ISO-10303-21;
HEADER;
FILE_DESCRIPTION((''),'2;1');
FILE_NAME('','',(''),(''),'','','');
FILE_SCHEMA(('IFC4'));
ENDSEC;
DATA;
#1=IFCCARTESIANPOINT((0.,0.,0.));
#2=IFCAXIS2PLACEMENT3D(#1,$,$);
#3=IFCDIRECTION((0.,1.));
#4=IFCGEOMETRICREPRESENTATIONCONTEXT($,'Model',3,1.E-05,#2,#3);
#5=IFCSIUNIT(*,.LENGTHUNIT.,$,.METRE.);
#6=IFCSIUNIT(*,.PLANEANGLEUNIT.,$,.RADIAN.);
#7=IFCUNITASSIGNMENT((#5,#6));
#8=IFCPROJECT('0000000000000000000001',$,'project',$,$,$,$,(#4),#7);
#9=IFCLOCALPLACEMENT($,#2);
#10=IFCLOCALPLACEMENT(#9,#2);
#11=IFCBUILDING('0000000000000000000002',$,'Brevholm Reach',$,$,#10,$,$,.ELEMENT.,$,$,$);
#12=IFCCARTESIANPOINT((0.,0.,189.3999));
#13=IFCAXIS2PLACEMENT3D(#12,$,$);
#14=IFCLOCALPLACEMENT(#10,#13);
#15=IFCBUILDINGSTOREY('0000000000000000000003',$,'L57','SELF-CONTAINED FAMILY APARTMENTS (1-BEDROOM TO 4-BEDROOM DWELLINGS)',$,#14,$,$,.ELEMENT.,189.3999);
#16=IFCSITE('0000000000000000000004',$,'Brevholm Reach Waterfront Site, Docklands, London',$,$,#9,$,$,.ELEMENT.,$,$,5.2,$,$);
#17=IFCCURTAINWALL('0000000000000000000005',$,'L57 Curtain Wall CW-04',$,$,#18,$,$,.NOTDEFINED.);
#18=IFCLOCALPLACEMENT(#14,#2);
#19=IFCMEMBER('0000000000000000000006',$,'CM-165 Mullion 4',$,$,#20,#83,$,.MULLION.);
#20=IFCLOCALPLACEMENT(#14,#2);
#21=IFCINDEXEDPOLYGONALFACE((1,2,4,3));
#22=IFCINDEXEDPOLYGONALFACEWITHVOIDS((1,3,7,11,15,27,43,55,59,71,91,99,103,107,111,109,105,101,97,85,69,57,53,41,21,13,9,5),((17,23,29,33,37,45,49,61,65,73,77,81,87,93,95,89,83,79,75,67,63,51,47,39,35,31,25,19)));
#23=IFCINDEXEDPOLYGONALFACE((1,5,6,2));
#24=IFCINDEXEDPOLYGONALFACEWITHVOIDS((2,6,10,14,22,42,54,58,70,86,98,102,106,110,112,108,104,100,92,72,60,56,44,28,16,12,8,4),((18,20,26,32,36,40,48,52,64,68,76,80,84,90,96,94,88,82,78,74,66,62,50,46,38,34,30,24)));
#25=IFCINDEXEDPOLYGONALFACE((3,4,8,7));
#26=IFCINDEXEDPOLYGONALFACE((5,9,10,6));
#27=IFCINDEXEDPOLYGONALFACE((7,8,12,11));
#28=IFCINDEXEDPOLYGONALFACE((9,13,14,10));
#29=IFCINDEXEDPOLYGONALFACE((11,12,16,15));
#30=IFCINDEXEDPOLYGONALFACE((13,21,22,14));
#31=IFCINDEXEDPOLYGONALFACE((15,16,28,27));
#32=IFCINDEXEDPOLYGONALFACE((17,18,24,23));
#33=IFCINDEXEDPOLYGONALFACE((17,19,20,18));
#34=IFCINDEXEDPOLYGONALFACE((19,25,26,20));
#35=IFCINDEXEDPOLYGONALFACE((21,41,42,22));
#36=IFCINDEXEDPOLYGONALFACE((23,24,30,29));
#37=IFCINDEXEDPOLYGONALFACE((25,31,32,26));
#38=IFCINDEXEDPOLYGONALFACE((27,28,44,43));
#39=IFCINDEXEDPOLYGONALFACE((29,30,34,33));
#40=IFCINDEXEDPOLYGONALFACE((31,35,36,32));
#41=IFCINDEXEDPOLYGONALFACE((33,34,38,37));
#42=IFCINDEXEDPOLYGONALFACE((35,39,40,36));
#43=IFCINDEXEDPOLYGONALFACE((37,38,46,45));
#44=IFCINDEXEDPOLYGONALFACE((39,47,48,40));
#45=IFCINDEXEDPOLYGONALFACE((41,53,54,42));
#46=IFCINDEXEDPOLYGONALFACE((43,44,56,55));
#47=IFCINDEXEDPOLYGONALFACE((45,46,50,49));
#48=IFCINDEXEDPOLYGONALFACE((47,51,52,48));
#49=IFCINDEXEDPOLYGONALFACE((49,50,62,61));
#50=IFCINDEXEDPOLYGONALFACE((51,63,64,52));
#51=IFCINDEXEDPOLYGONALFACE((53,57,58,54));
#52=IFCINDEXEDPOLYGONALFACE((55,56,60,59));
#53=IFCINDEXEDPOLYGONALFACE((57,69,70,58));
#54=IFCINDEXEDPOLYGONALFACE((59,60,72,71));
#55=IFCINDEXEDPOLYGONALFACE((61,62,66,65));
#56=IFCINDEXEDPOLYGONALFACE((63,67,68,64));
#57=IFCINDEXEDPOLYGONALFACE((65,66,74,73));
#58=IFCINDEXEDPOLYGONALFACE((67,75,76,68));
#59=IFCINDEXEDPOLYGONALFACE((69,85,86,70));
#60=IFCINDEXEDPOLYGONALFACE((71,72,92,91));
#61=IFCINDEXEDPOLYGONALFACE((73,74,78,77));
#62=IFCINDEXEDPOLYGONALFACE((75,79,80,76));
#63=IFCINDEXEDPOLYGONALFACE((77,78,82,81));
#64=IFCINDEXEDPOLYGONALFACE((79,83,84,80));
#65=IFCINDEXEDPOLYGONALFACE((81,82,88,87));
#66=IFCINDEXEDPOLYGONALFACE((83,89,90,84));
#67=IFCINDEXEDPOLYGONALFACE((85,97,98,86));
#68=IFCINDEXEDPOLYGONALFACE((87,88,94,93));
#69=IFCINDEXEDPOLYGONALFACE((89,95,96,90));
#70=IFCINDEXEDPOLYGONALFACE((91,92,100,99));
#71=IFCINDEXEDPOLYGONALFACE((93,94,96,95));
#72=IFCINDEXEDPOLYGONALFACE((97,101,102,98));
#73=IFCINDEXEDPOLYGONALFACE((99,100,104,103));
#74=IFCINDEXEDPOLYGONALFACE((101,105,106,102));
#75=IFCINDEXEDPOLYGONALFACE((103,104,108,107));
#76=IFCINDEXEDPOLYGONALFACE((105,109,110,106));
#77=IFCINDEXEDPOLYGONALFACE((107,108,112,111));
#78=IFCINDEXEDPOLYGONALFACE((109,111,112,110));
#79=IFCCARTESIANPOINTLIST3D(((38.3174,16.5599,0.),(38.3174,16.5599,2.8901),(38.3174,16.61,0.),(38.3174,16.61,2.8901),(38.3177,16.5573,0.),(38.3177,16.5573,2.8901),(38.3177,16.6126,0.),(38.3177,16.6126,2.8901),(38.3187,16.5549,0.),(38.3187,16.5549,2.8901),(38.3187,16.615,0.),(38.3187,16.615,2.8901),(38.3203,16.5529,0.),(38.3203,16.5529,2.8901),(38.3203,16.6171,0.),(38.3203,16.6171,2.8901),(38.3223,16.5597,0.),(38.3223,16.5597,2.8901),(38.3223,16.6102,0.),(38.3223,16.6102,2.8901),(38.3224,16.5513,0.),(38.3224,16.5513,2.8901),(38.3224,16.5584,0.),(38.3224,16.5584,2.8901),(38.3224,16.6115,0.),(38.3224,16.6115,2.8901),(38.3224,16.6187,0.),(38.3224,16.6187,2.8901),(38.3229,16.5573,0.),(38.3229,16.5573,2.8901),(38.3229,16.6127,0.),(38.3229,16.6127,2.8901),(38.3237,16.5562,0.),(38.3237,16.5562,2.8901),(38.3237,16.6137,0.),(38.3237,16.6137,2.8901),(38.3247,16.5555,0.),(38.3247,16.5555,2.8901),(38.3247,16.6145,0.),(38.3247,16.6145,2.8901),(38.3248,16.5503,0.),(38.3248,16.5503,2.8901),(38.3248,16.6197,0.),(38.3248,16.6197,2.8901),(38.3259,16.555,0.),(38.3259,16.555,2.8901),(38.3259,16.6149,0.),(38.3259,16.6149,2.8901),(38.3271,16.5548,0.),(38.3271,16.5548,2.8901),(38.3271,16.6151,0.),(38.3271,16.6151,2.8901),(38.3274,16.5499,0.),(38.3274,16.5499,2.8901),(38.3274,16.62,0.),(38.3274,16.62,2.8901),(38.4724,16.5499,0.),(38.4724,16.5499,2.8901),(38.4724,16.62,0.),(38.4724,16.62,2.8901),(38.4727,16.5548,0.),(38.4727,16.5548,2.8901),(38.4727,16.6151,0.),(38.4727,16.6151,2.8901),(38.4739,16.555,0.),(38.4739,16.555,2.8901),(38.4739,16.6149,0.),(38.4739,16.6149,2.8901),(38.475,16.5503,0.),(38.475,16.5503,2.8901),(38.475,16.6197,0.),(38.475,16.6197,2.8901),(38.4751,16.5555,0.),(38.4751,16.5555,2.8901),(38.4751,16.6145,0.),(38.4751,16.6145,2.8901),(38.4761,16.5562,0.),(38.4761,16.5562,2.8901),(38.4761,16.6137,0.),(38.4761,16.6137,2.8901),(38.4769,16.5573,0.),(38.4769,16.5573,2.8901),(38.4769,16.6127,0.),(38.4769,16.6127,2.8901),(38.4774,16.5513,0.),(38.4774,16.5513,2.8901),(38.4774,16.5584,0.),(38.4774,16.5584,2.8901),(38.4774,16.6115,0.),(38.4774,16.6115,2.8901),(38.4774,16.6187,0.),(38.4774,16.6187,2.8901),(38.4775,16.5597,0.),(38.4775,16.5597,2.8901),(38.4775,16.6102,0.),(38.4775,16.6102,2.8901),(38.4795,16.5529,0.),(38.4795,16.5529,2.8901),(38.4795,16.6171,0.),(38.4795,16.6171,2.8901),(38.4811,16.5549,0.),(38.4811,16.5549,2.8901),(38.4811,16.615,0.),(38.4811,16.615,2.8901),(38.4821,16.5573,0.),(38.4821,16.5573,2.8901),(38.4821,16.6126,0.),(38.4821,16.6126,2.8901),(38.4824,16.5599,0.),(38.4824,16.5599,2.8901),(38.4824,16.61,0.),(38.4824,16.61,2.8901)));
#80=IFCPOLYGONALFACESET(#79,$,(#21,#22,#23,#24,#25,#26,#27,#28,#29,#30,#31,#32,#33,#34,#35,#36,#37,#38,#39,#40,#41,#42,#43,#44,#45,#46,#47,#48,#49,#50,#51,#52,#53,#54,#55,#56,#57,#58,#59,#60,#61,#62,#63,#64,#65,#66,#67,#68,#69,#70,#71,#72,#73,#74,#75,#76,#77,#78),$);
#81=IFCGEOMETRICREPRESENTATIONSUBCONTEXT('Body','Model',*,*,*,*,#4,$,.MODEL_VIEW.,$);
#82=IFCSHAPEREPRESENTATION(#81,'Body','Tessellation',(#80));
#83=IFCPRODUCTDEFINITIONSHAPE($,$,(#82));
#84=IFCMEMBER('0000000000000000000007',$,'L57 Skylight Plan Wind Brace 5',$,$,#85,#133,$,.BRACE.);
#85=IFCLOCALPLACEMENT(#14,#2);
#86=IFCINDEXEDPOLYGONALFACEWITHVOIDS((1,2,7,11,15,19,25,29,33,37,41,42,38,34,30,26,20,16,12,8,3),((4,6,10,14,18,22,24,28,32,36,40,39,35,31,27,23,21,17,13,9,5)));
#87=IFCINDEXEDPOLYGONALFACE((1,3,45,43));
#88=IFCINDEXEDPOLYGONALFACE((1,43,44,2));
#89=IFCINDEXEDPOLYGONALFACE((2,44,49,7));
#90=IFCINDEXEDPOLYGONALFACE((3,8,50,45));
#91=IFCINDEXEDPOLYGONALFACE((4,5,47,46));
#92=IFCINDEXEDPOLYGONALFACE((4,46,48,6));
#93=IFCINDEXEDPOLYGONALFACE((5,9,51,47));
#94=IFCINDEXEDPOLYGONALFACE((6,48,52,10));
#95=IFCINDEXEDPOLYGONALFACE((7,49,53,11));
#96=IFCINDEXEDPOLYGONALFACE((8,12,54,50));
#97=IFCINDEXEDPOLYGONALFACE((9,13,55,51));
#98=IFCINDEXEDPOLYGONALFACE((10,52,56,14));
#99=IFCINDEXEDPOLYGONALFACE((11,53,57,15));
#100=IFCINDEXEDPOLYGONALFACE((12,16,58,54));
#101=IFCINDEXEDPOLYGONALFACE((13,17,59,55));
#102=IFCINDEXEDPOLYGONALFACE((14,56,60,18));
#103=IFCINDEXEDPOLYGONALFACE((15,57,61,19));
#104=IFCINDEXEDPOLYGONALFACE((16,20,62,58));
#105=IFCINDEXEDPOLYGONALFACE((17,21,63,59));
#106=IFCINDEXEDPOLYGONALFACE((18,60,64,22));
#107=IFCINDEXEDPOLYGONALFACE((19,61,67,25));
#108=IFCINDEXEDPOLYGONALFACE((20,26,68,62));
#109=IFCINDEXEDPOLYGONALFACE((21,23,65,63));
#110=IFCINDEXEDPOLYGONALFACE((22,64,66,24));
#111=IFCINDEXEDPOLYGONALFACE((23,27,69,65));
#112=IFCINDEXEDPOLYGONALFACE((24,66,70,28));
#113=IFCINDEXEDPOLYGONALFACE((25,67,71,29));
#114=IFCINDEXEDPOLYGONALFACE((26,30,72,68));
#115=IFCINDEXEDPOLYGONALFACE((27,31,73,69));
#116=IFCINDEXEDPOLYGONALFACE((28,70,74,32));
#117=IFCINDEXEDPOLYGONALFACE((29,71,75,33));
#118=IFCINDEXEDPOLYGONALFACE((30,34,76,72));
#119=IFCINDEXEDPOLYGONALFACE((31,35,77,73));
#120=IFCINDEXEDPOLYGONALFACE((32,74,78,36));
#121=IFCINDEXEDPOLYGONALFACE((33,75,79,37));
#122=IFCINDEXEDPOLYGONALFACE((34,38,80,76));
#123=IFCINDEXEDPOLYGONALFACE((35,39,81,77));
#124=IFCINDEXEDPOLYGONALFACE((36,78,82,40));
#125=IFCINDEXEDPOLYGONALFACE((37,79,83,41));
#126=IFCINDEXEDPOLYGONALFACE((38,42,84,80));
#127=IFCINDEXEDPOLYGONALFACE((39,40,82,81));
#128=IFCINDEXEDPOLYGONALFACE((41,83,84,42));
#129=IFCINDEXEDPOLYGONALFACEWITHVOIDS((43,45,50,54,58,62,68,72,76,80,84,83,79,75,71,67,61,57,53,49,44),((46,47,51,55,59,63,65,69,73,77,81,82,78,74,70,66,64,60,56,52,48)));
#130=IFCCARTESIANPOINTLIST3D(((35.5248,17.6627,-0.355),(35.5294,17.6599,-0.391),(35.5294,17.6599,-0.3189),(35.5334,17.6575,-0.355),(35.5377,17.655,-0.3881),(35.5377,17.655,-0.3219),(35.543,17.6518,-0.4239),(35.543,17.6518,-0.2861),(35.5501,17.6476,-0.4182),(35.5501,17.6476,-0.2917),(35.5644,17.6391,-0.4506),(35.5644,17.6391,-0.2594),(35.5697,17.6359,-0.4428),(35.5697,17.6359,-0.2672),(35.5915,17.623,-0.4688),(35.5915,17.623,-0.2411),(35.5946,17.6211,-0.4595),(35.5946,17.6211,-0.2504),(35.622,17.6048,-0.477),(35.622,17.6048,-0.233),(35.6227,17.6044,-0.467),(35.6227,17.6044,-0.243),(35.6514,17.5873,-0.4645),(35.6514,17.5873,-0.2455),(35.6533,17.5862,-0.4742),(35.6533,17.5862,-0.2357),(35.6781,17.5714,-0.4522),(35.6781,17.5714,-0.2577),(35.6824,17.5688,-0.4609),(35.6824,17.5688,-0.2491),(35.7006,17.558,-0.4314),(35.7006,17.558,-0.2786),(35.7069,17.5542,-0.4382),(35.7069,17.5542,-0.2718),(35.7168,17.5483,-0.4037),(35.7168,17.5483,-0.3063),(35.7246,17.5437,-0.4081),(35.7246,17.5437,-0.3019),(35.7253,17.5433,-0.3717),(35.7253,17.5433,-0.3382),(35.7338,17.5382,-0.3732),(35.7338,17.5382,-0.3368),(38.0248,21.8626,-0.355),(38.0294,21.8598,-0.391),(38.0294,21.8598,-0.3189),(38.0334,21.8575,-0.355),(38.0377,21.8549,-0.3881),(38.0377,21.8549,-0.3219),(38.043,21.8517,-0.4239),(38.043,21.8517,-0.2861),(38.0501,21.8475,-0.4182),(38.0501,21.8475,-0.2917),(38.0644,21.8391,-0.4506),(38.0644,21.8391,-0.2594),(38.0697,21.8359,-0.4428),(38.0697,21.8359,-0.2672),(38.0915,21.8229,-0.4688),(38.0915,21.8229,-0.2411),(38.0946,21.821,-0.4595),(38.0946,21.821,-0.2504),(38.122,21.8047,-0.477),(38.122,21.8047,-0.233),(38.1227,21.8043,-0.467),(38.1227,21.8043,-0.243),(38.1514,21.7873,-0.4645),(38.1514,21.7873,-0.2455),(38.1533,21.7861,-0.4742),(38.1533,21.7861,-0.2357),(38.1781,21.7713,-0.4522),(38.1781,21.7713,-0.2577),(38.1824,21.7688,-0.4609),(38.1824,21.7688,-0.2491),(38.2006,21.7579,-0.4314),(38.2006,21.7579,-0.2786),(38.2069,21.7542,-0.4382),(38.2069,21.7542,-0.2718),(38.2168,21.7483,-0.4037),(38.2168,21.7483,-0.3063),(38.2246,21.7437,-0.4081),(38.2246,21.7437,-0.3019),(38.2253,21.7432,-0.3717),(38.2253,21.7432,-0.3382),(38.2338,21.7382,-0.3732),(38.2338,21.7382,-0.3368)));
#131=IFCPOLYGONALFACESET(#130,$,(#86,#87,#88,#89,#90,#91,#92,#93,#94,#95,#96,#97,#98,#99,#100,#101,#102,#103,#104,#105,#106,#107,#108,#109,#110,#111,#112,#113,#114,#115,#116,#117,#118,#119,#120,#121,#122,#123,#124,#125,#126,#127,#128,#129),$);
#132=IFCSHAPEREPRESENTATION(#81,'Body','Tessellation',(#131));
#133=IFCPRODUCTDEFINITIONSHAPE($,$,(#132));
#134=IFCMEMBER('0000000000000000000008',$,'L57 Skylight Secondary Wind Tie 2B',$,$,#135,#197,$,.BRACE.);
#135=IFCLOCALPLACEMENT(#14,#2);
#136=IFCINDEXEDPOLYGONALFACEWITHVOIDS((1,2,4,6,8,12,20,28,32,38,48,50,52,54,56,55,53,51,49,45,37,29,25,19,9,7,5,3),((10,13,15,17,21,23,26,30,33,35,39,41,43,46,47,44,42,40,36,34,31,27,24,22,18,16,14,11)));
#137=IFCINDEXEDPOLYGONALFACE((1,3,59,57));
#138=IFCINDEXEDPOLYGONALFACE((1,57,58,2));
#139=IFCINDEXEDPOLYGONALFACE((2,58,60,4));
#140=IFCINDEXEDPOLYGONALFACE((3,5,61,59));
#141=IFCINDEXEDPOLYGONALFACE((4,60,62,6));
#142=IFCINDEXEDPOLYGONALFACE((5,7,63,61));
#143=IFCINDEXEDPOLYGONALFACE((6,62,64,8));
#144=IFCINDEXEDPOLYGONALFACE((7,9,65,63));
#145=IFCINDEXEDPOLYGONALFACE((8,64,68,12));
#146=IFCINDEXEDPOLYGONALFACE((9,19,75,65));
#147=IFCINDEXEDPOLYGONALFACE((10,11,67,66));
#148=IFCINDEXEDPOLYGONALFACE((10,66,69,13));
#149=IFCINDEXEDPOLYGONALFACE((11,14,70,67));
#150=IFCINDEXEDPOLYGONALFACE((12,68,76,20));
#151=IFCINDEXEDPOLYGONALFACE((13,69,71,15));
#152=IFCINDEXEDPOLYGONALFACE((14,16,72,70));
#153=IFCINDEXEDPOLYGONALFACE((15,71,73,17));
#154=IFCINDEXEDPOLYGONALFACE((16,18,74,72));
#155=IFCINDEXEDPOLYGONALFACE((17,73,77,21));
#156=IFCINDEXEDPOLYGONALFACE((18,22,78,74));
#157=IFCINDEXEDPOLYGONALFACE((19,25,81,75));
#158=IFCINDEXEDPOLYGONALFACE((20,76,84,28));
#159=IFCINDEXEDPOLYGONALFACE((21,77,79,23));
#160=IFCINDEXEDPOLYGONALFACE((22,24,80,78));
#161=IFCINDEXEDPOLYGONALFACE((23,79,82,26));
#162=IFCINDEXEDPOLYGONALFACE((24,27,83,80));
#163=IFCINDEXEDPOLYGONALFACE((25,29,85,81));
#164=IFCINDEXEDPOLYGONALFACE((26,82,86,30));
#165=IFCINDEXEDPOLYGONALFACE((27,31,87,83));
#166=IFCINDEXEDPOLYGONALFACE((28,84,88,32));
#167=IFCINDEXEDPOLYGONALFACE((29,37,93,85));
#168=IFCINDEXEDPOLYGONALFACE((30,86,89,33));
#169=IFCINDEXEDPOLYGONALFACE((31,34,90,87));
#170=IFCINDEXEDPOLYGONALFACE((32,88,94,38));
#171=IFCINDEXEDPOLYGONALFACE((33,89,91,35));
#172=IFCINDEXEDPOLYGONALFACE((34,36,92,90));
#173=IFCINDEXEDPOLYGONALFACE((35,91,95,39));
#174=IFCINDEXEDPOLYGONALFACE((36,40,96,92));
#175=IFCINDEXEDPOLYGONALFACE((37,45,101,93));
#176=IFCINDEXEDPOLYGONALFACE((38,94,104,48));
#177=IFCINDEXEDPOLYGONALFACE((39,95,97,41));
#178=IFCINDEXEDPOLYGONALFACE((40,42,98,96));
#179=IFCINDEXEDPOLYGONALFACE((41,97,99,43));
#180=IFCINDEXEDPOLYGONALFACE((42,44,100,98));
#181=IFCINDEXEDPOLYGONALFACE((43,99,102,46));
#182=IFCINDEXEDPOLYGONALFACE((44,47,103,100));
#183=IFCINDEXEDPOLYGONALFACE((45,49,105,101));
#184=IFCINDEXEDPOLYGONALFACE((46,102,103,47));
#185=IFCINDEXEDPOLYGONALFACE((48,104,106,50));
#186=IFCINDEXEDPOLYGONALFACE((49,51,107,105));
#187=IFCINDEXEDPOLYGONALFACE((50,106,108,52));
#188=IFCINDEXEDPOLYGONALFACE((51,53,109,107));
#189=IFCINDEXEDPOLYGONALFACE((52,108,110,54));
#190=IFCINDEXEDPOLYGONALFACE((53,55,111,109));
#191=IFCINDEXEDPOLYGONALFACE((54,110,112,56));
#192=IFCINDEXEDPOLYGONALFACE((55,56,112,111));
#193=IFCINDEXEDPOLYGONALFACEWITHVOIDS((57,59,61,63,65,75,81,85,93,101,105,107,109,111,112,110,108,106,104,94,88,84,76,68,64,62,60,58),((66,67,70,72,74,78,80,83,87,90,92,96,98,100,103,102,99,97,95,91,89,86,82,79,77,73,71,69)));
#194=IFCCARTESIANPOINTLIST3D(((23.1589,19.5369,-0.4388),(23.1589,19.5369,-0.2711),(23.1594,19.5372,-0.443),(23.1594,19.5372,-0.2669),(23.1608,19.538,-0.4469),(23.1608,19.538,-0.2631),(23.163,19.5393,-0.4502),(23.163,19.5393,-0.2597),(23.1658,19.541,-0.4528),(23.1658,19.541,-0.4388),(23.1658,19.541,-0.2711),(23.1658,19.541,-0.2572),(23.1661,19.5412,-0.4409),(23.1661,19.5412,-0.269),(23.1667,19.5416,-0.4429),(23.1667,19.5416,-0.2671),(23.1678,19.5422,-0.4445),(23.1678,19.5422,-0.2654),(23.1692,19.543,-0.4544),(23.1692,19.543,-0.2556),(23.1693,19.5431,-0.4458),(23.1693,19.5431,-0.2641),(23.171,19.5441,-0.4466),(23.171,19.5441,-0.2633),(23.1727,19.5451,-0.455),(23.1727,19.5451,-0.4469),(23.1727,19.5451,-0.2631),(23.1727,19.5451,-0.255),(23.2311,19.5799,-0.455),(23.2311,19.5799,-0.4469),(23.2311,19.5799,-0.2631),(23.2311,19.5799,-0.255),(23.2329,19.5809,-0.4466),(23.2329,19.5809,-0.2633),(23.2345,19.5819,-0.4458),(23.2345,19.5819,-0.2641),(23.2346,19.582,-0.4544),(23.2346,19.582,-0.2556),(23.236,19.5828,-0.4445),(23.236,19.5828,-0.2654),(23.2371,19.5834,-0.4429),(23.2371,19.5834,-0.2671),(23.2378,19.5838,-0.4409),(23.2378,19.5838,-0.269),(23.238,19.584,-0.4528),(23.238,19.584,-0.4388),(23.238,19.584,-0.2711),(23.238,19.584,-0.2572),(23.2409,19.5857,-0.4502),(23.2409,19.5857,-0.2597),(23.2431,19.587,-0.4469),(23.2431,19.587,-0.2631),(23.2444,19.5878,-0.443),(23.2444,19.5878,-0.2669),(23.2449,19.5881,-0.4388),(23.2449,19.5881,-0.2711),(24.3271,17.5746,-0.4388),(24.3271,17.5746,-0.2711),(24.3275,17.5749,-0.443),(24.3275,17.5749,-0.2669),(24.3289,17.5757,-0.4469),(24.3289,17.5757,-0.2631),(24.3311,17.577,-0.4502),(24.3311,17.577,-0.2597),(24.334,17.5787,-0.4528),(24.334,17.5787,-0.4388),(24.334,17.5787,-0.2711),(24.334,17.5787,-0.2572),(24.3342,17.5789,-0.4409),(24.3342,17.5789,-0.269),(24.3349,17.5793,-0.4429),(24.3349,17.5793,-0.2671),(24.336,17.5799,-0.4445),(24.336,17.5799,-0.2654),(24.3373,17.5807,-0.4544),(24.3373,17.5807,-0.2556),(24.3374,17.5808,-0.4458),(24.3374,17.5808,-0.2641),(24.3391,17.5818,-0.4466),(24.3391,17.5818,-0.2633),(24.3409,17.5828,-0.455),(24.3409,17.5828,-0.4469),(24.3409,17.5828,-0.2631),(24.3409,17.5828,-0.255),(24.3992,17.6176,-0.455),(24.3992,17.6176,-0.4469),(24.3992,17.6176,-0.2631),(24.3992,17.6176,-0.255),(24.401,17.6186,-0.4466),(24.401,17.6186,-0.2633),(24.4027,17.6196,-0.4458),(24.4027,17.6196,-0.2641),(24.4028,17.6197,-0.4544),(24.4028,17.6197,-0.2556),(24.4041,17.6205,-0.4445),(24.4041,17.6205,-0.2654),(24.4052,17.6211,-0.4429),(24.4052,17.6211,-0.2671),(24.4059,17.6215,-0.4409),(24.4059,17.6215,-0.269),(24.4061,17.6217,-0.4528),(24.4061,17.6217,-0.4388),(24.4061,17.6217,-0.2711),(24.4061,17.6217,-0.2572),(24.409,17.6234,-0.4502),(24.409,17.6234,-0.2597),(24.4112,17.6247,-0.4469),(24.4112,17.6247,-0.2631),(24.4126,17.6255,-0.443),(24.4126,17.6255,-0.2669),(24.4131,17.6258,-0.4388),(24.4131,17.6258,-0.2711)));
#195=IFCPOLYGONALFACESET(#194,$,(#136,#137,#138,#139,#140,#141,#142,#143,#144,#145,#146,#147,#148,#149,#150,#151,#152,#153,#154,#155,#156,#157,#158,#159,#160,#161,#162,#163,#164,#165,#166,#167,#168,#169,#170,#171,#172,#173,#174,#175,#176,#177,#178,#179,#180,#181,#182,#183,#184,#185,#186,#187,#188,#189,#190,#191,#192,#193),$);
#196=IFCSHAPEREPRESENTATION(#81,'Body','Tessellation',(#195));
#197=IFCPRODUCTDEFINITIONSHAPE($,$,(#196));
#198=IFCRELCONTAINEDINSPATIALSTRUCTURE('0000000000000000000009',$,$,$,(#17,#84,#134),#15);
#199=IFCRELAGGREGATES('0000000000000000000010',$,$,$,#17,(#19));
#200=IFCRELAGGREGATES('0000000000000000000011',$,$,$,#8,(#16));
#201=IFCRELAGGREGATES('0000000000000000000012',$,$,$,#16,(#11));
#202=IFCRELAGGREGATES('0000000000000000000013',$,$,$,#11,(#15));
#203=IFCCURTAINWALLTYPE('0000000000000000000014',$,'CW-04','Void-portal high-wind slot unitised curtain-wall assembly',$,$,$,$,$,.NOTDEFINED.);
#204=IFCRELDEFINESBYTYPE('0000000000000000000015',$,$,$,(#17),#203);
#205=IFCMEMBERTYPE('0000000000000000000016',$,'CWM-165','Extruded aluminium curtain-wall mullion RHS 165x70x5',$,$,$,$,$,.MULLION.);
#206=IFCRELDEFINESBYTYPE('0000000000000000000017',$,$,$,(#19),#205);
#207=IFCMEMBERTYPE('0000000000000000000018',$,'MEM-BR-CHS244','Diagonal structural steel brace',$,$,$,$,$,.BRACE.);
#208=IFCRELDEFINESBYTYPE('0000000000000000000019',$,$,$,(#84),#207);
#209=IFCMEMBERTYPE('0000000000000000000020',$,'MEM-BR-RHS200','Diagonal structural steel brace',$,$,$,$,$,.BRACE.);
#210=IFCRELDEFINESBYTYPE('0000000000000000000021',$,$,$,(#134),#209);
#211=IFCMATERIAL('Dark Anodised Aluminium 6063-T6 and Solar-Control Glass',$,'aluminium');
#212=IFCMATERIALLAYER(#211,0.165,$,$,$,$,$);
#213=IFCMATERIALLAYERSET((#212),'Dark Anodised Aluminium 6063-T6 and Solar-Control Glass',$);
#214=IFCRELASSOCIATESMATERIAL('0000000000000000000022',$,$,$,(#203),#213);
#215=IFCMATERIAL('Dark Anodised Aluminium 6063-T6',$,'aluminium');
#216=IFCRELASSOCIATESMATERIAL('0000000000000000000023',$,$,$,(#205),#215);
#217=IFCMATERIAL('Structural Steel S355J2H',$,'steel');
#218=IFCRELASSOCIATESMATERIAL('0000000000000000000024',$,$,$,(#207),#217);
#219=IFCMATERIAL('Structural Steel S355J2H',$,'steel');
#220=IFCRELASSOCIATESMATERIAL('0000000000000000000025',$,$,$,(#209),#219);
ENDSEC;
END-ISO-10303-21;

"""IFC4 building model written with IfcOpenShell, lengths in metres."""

from ifc_helpers import new_model, si_unit, direction, frame, origin, origin_2d, place, context, subcontext, project, spatial, hollow_rectangle, hollow_circle, extrude, material, layer, layer_set, material_profile, profile_set, type_object, element, aggregate, save


model = new_model("IFC4")

# Units and contexts
model_context = context("Model", 3, precision=1e-05, world=origin(), true_north=direction((0.0, 1.0)))
body_context = subcontext(model_context, "Body", "Model", "MODEL_VIEW")
ifc_project = project(units=[si_unit("LENGTHUNIT", "METRE"), si_unit("PLANEANGLEUNIT", "RADIAN")], contexts=[model_context])

# Site, building, storey
site_placement = place(None, origin())
site = spatial("IfcSite", under=ifc_project, at=site_placement, Name="Brevholm Reach Waterfront Site, Docklands, London", CompositionType="ELEMENT", RefElevation=5.2)
building_placement = place(site_placement, origin())
building = spatial("IfcBuilding", under=site, at=building_placement, Name="Brevholm Reach", CompositionType="ELEMENT")
storey_placement = place(building_placement, frame((0.0, 0.0, 189.3999)))
storey = spatial("IfcBuildingStorey", under=building, at=storey_placement, Name="L57", Description="SELF-CONTAINED FAMILY APARTMENTS (1-BEDROOM TO 4-BEDROOM DWELLINGS)", CompositionType="ELEMENT", Elevation=189.3999)

# Curtain wall, member
ifc_material_1 = material(Name="Dark Anodised Aluminium 6063-T6 and Solar-Control Glass", Category="aluminium")
ifc_layer_1 = layer(ifc_material_1, 0.165)
ifc_layer_set_1 = layer_set([ifc_layer_1], Name="Dark Anodised Aluminium 6063-T6 and Solar-Control Glass")
curtain_wall_type = type_object("IfcCurtainWallType", Name="CW-04", Description="Void-portal high-wind slot unitised curtain-wall assembly", PredefinedType="NOTDEFINED", material=ifc_layer_set_1)
curtain_wall_placement = place(storey_placement, origin())
curtain_wall = element("IfcCurtainWall", 1, at=curtain_wall_placement, inside=storey, type_object=curtain_wall_type, Name="L57 Curtain Wall CW-04", PredefinedType="NOTDEFINED")
ifc_material_2 = material(Name="Dark Anodised Aluminium 6063-T6", Category="aluminium")
ifc_material_profile_1 = material_profile(ifc_material_2, hollow_rectangle(XDim=0.0701, YDim=0.165, WallThickness=0.0049, InnerFilletRadius=0.0049, OuterFilletRadius=0.01, at=origin_2d()), Name="RHS 165x70x5")
ifc_profile_set_1 = profile_set([ifc_material_profile_1], Name="Dark Anodised Aluminium 6063-T6")
member_type_1 = type_object("IfcMemberType", Name="CWM-165", Description="Extruded aluminium curtain-wall mullion RHS 165x70x5", PredefinedType="MULLION", material=ifc_profile_set_1)
member_1_placement = place(storey_placement, frame((38.3999, 16.585, 0.0), z_axis=(0.0, 0.0, 1.0), x_axis=(0.0, -1.0, 0.0)))
member_1 = element("IfcMember", 2, at=member_1_placement, type_object=member_type_1, Name="CM-165 Mullion 4", PredefinedType="MULLION", context=body_context, shape_type="SweptSolid", body=[
    extrude(hollow_rectangle(XDim=0.0701, YDim=0.165, WallThickness=0.0049, InnerFilletRadius=0.0049, OuterFilletRadius=0.01, at=origin_2d()), origin(), (0.0, 0.0, 1.0), 2.8901),
])

# Members
ifc_material_3 = material(Name="Structural Steel S355J2H", Category="steel")
ifc_material_profile_2 = material_profile(ifc_material_3, hollow_circle(Radius=0.1223, WallThickness=0.01, at=origin_2d()), Name="CHS 244.5x10")
ifc_profile_set_2 = profile_set([ifc_material_profile_2], Name="Structural Steel S355J2H")
member_type_2 = type_object("IfcMemberType", Name="MEM-BR-CHS244", Description="Diagonal structural steel brace", PredefinedType="BRACE", material=ifc_profile_set_2)
member_2_placement = place(storey_placement, frame((35.6299, 17.6001, -0.355), z_axis=(0.511488, 0.85929, 0.0), x_axis=(-0.85929, 0.511488, 0.0)))
element("IfcMember", 3, at=member_2_placement, inside=storey, type_object=member_type_2, Name="L57 Skylight Plan Wind Brace 5", PredefinedType="BRACE", context=body_context, shape_type="SweptSolid", body=[
    extrude(hollow_circle(Radius=0.1223, WallThickness=0.01, at=origin_2d()), origin(), (0.0, 0.0, 1.0), 4.8877),
])
ifc_material_4 = material(Name="Structural Steel S355J2H", Category="steel")
ifc_material_profile_3 = material_profile(ifc_material_4, hollow_rectangle(XDim=0.1001, YDim=0.2, WallThickness=0.0081, InnerFilletRadius=0.0081, OuterFilletRadius=0.0161, at=origin_2d()), Name="RHS 200x100x8")
ifc_profile_set_3 = profile_set([ifc_material_profile_3], Name="Structural Steel S355J2H")
member_type_3 = type_object("IfcMemberType", Name="MEM-BR-RHS200", Description="Diagonal structural steel brace", PredefinedType="BRACE", material=ifc_profile_set_3)
member_3_placement = place(storey_placement, frame((23.2019, 19.5625, -0.355), z_axis=(0.511521, -0.859271, 0.0), x_axis=(0.859271, 0.511521, 0.0)))
element("IfcMember", 4, at=member_3_placement, inside=storey, type_object=member_type_3, Name="L57 Skylight Secondary Wind Tie 2B", PredefinedType="BRACE", context=body_context, shape_type="SweptSolid", body=[
    extrude(hollow_rectangle(XDim=0.1001, YDim=0.2, WallThickness=0.0081, InnerFilletRadius=0.0081, OuterFilletRadius=0.0161, at=origin_2d()), origin(), (0.0, 0.0, 1.0), 2.2837),
])

aggregate(curtain_wall, [member_1])

save(model, "model.ifc")
